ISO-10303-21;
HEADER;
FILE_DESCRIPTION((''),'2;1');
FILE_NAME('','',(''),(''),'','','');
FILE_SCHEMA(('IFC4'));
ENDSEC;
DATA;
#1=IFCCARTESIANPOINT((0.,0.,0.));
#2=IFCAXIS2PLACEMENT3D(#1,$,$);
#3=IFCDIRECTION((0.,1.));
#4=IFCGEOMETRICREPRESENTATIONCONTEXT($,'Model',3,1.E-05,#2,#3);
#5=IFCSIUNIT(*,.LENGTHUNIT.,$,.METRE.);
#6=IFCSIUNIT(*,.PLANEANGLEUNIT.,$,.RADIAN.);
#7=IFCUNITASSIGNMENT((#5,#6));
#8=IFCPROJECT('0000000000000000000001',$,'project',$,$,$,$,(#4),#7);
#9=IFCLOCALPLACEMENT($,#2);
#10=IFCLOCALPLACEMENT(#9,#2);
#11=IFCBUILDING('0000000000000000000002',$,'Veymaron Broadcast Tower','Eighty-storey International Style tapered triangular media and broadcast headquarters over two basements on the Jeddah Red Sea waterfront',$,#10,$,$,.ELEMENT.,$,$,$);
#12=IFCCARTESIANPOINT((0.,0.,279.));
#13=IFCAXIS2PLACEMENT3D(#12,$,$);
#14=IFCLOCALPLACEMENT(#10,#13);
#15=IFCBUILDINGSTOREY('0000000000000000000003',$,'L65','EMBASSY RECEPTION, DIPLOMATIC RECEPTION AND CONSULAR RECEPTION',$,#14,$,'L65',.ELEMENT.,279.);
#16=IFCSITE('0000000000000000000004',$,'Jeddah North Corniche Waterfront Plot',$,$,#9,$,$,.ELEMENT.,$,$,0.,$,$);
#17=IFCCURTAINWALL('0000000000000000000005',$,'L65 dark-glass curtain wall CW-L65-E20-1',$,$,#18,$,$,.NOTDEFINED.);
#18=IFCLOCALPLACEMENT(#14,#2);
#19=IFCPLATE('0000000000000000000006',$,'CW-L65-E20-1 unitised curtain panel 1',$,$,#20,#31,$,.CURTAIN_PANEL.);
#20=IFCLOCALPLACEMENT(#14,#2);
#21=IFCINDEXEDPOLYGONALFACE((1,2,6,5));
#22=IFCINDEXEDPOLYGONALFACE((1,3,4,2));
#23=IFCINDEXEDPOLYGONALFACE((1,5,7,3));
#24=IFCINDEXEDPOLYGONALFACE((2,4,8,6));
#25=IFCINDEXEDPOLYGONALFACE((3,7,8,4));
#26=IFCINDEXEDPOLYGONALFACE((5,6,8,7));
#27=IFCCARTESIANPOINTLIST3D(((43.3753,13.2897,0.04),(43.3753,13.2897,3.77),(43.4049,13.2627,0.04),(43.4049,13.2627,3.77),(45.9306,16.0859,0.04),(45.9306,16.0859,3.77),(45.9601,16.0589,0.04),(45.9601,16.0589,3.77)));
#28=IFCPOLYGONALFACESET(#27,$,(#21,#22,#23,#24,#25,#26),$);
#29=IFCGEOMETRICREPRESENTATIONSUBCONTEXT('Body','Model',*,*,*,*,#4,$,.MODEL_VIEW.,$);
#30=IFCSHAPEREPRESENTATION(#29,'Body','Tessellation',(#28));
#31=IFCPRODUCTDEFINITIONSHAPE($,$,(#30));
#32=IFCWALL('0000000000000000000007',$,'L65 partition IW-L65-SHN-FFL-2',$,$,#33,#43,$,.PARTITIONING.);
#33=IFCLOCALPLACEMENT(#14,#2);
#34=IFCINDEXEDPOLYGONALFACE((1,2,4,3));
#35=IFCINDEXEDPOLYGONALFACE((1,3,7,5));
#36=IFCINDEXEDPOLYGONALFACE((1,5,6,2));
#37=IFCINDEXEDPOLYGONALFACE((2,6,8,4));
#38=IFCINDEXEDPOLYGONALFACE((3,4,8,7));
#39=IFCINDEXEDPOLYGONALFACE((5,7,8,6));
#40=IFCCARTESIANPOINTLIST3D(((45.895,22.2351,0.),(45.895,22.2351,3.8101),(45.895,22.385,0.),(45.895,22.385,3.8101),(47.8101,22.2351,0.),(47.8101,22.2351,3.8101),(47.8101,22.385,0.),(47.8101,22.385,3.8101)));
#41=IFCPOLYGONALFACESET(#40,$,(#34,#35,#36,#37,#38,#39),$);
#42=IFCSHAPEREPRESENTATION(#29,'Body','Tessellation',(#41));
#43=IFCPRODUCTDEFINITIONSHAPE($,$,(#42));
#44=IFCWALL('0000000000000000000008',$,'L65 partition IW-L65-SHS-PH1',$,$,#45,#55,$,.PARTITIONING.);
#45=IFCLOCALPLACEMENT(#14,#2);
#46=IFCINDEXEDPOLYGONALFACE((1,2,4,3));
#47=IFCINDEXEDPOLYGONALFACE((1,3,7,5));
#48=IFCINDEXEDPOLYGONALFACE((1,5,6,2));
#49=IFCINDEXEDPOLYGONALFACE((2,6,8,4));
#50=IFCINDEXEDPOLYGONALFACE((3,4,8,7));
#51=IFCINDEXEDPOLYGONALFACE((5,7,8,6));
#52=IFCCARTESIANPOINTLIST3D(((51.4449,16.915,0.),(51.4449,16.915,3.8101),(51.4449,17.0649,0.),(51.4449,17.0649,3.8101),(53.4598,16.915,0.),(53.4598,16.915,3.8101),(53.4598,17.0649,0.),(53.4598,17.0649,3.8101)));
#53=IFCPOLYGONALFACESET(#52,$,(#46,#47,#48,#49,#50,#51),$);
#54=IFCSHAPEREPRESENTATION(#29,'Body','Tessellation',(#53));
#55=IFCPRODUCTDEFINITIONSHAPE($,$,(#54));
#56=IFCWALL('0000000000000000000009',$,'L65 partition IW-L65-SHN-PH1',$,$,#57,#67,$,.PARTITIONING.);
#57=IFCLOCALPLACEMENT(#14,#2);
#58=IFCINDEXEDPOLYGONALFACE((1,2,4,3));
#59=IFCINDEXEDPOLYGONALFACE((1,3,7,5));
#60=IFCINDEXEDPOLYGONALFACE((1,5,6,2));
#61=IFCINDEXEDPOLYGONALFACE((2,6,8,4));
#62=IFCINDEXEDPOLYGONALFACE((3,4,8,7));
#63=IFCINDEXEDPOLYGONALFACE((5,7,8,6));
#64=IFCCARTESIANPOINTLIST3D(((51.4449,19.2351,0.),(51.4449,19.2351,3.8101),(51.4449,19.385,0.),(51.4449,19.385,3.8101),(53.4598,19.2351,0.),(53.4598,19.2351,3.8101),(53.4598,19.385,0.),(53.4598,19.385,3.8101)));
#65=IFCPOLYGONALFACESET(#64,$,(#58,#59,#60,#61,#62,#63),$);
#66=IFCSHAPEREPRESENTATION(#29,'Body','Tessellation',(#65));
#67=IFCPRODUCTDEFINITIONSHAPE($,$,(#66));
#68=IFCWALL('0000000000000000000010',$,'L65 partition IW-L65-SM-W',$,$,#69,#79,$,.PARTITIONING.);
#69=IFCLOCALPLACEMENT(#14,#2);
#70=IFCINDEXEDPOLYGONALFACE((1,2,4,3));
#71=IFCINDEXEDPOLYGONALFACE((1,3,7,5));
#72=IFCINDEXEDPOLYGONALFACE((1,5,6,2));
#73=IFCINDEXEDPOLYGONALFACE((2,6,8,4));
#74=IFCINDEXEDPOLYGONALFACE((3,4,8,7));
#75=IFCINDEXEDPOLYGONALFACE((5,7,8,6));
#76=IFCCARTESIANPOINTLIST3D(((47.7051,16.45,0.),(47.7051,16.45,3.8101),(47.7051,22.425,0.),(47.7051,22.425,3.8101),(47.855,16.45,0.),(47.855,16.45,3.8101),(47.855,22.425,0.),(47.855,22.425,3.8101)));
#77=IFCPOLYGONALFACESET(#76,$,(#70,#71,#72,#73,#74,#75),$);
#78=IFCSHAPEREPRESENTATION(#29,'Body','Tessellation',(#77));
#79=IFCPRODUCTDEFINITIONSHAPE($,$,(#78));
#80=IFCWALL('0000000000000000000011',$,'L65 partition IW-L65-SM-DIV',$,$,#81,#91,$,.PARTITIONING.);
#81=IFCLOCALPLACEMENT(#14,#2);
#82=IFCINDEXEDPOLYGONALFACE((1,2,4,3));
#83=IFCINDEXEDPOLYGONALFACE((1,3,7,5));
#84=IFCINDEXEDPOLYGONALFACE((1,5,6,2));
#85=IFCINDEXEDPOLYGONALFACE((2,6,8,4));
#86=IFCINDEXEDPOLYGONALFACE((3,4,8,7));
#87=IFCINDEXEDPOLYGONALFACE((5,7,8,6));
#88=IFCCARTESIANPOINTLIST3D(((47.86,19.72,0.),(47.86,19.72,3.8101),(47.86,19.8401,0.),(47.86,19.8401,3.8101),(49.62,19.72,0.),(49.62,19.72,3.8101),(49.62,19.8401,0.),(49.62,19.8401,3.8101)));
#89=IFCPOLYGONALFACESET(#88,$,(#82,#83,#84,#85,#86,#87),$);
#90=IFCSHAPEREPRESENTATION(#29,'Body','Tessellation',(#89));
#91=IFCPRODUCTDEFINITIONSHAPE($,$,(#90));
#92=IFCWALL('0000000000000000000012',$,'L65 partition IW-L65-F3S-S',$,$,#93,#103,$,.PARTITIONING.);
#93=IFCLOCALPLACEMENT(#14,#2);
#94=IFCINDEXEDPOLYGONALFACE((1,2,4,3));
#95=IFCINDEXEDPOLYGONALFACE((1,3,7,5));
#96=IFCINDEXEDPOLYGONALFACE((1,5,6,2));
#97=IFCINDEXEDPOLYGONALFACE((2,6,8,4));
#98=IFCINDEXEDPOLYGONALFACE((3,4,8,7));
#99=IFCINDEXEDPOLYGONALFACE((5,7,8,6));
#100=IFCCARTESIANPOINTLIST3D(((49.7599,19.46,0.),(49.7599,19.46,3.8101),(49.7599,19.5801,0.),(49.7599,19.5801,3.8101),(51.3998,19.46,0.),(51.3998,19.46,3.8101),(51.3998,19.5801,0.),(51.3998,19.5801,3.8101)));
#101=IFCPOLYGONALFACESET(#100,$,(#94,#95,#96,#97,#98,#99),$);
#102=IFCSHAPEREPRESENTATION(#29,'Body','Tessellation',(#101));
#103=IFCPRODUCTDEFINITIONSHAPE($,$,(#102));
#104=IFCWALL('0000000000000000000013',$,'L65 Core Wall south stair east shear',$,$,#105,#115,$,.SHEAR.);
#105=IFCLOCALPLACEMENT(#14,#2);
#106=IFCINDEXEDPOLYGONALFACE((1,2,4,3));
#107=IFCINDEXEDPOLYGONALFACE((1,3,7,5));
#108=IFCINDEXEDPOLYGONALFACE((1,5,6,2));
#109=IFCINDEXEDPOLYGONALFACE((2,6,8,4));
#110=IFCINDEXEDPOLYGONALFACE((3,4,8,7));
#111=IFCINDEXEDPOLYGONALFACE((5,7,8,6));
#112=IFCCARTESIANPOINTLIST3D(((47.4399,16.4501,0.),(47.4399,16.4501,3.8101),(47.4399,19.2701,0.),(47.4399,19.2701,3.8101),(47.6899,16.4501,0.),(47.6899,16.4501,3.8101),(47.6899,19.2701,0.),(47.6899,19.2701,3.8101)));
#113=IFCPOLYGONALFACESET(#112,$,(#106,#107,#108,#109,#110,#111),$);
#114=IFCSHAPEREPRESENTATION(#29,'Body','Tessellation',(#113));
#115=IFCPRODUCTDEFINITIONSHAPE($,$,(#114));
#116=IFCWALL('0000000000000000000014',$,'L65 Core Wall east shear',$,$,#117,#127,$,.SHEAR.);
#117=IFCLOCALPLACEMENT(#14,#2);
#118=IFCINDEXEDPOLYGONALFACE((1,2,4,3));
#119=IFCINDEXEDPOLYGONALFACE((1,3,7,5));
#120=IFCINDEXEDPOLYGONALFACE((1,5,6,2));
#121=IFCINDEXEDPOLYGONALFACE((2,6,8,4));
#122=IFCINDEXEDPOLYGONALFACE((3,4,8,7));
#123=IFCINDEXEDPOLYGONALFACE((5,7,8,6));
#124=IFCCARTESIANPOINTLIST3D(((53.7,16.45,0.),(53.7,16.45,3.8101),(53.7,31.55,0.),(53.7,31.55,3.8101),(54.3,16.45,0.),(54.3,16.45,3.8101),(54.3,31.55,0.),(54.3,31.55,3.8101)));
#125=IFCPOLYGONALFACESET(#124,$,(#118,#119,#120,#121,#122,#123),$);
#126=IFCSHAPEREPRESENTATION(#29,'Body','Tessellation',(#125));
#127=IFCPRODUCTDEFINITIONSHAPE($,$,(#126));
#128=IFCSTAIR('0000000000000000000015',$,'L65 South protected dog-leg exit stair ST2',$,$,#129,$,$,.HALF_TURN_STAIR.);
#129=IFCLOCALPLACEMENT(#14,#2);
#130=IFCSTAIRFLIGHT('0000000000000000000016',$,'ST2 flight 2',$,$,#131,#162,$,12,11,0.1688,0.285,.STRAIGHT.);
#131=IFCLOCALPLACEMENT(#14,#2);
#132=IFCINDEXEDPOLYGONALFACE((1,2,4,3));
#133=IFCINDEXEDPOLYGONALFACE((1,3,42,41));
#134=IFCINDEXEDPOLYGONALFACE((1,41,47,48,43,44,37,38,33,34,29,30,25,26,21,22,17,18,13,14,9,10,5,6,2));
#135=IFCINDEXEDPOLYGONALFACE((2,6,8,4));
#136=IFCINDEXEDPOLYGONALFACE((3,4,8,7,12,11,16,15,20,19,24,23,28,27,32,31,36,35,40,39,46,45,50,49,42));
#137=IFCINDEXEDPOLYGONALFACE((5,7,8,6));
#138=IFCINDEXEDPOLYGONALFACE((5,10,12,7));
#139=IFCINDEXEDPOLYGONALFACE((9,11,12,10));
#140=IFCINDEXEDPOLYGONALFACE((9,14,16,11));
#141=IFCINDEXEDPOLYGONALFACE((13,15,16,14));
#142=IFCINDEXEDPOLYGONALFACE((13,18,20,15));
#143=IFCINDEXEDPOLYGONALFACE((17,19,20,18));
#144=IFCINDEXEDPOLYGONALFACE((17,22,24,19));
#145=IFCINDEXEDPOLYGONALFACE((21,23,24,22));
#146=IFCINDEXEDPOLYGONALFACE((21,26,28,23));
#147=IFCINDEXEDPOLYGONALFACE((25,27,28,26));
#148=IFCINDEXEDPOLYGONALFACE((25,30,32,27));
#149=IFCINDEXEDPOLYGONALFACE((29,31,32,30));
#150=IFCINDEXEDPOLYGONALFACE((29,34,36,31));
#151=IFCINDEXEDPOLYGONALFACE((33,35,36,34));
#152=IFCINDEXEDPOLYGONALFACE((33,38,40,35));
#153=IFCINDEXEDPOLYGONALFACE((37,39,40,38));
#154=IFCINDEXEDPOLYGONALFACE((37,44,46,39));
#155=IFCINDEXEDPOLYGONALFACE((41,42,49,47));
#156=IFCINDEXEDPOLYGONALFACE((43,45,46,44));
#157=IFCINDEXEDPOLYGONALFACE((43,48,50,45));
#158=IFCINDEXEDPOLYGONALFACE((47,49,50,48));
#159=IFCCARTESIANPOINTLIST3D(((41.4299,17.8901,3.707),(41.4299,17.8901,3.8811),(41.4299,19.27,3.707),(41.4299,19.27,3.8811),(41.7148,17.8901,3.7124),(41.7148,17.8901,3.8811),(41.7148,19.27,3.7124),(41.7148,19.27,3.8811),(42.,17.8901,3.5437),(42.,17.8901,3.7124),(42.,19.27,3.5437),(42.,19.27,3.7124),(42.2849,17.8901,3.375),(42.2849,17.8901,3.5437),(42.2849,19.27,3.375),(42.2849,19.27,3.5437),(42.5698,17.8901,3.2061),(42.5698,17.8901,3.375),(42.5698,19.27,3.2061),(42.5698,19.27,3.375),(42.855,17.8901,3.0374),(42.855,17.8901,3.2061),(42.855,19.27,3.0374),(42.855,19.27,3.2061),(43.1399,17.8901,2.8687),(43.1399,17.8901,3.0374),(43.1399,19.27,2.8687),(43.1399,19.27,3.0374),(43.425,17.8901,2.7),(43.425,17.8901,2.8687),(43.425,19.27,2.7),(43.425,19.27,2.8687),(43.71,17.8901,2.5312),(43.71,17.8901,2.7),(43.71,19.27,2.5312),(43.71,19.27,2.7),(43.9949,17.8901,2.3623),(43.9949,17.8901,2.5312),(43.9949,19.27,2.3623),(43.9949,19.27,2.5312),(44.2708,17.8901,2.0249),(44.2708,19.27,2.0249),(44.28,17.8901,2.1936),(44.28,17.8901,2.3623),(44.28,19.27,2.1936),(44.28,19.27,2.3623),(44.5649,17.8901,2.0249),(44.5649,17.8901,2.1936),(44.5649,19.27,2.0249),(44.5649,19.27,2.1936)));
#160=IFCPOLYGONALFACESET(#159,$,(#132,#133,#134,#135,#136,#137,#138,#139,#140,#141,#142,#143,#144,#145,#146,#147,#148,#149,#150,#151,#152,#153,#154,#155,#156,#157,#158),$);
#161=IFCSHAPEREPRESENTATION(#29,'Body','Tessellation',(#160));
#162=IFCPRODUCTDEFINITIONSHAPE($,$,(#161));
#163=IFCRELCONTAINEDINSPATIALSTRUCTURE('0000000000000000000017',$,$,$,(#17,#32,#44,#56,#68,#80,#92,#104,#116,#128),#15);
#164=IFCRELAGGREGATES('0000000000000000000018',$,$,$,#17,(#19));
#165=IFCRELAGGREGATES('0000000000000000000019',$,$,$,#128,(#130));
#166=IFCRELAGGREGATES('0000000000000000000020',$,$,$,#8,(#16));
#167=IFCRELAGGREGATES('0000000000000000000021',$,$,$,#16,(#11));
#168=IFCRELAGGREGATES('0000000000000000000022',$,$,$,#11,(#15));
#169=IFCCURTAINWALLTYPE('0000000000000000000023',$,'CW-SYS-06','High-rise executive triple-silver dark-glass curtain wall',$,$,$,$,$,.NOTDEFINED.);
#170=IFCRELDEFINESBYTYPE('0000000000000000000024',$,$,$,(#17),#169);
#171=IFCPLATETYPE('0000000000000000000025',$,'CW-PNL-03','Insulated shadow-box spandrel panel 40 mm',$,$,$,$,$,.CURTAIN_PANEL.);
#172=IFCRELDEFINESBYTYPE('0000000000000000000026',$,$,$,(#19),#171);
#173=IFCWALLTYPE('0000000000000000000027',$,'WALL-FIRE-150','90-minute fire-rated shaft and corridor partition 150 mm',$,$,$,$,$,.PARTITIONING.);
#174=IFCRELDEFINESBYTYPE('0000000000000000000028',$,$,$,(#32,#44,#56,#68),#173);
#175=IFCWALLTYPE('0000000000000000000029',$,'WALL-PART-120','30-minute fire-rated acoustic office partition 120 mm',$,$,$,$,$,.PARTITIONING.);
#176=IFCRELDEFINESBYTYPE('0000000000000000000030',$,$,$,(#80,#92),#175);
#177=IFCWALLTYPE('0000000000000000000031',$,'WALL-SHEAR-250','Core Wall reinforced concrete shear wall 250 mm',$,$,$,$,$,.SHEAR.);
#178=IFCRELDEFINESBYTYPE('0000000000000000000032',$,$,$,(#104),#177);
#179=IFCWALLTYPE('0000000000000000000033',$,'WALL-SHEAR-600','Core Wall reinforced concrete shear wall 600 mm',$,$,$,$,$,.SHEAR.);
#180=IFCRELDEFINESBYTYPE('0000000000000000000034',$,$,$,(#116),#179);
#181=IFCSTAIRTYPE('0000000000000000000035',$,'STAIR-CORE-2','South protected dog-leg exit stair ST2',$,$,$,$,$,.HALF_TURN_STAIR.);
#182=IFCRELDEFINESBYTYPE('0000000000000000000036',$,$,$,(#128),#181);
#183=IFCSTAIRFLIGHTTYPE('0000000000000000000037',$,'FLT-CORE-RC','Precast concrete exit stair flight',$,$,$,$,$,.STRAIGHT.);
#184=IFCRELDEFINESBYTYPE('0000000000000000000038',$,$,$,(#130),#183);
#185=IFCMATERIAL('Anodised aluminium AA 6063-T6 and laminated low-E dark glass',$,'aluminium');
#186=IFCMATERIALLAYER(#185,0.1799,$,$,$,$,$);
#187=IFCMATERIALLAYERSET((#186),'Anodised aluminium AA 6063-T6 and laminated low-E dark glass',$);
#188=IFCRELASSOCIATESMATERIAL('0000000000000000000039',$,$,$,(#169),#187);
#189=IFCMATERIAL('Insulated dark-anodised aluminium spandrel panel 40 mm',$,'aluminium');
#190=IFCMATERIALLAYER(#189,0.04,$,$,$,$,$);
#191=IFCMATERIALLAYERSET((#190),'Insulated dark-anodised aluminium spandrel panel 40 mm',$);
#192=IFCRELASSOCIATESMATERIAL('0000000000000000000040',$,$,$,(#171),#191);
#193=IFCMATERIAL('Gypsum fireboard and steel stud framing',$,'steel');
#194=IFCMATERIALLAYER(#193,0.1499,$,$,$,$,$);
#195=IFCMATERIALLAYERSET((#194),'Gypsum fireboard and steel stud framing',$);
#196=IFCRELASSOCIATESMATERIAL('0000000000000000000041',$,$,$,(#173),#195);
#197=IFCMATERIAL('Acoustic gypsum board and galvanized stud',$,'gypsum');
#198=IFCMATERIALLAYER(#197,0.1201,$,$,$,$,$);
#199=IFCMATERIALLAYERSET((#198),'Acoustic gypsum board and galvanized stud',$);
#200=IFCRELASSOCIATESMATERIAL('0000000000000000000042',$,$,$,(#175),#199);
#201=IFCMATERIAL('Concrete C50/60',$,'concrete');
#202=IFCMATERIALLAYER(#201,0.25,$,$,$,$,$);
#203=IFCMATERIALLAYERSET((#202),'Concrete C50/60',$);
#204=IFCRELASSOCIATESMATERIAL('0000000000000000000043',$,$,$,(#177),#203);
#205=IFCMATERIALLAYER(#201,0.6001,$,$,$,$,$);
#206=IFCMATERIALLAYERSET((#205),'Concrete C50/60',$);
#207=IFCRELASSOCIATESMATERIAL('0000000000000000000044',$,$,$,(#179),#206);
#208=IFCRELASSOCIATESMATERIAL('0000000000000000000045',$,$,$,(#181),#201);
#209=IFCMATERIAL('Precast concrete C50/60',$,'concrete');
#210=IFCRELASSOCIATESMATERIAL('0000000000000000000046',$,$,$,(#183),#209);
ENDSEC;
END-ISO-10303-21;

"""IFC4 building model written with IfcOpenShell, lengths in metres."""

from ifc_helpers import new_model, si_unit, direction, frame, frame_2d, origin, origin_2d, place, context, subcontext, project, spatial, polyline, rectangle, outline, extrude, material, layer, layer_set, type_object, element, aggregate, save


model = new_model("IFC4")

# Units and contexts
model_context = context("Model", 3, precision=1e-05, world=origin(), true_north=direction((0.0, 1.0)))
body_context = subcontext(model_context, "Body", "Model", "MODEL_VIEW")
ifc_project = project(units=[si_unit("LENGTHUNIT", "METRE"), si_unit("PLANEANGLEUNIT", "RADIAN")], contexts=[model_context])

# Site, building, storey
site_placement = place(None, origin())
site = spatial("IfcSite", under=ifc_project, at=site_placement, Name="Jeddah North Corniche Waterfront Plot", CompositionType="ELEMENT", RefElevation=0.0)
building_placement = place(site_placement, origin())
building = spatial("IfcBuilding", under=site, at=building_placement, Name="Veymaron Broadcast Tower", Description="Eighty-storey International Style tapered triangular media and broadcast headquarters over two basements on the Jeddah Red Sea waterfront", CompositionType="ELEMENT")
storey_placement = place(building_placement, frame((0.0, 0.0, 279.0)))
storey = spatial("IfcBuildingStorey", under=building, at=storey_placement, Name="L65", Description="EMBASSY RECEPTION, DIPLOMATIC RECEPTION AND CONSULAR RECEPTION", LongName="L65", CompositionType="ELEMENT", Elevation=279.0)

# Shared definitions
ifc_material_1 = material(Name="Anodised aluminium AA 6063-T6 and laminated low-E dark glass", Category="aluminium")
ifc_layer_1 = layer(ifc_material_1, 0.1799)
ifc_layer_set_1 = layer_set([ifc_layer_1], Name="Anodised aluminium AA 6063-T6 and laminated low-E dark glass")
curtain_wall_type = type_object("IfcCurtainWallType", Name="CW-SYS-06", Description="High-rise executive triple-silver dark-glass curtain wall", PredefinedType="NOTDEFINED", material=ifc_layer_set_1)

# Curtain wall
curtain_wall_1_placement = place(storey_placement, origin())
curtain_wall_1 = element("IfcCurtainWall", 1, at=curtain_wall_1_placement, inside=storey, type_object=curtain_wall_type, Name="L65 dark-glass curtain wall CW-L65-E20-1", PredefinedType="NOTDEFINED")

# Plate
ifc_material_2 = material(Name="Insulated dark-anodised aluminium spandrel panel 40 mm", Category="aluminium")
ifc_layer_2 = layer(ifc_material_2, 0.04)
ifc_layer_set_2 = layer_set([ifc_layer_2], Name="Insulated dark-anodised aluminium spandrel panel 40 mm")
plate_type = type_object("IfcPlateType", Name="CW-PNL-03", Description="Insulated shadow-box spandrel panel 40 mm", PredefinedType="CURTAIN_PANEL", material=ifc_layer_set_2)
plate_1_placement = place(storey_placement, frame((44.6677, 14.6743, 0.04), z_axis=(0.0, 0.0, 1.0), x_axis=(0.674586, 0.738196, 0.0)))
plate_1 = element("IfcPlate", 2, at=plate_1_placement, type_object=plate_type, Name="CW-L65-E20-1 unitised curtain panel 1", PredefinedType="CURTAIN_PANEL", context=body_context, shape_type="SweptSolid", body=[
    extrude(rectangle(XDim=3.7878, YDim=0.04, at=origin_2d()), origin(), (0.0, 0.0, 1.0), 3.73),
])
aggregate(curtain_wall_1, [plate_1])

# Shared definitions
ifc_material_3 = material(Name="Gypsum fireboard and steel stud framing", Category="steel")
ifc_layer_3 = layer(ifc_material_3, 0.1499)
ifc_layer_set_3 = layer_set([ifc_layer_3], Name="Gypsum fireboard and steel stud framing")
wall_type_1 = type_object("IfcWallType", Name="WALL-FIRE-150", Description="90-minute fire-rated shaft and corridor partition 150 mm", PredefinedType="PARTITIONING", material=ifc_layer_set_3)

# Wall
wall_1_placement = place(storey_placement, frame((45.895, 22.3101, 0.0), z_axis=(0.0, 0.0, 1.0), x_axis=(1.0, 0.0, 0.0)))
element("IfcWall", 3, at=wall_1_placement, inside=storey, type_object=wall_type_1, Name="L65 partition IW-L65-SHN-FFL-2", PredefinedType="PARTITIONING", context=body_context, shape_type="SweptSolid", body=[
    extrude(rectangle(XDim=1.915, YDim=0.1499, at=frame_2d((0.9575, 0.0))), origin(), (0.0, 0.0, 1.0), 3.8101),
])

# Walls
for number, where, z_axis, x_axis, name in (
    (4, (51.4451, 16.99, 0.0), (0.0, 0.0, 1.0), (1.0, 0.0, 0.0), "L65 partition IW-L65-SHS-PH1"),
    (5, (51.4451, 19.3101, 0.0), (0.0, 0.0, 1.0), (1.0, 0.0, 0.0), "L65 partition IW-L65-SHN-PH1"),
):
    element("IfcWall", number, at=place(storey_placement, frame(where, z_axis=z_axis, x_axis=x_axis)), inside=storey, type_object=wall_type_1, Name=name, PredefinedType="PARTITIONING", context=body_context, shape_type="SweptSolid", body=[
        extrude(rectangle(XDim=2.0149, YDim=0.1499, at=frame_2d((1.0073, 0.0))), origin(), (0.0, 0.0, 1.0), 3.8101),
    ])

# Walls
wall_2_placement = place(storey_placement, frame((47.78, 16.45, 0.0), z_axis=(0.0, 0.0, 1.0), x_axis=(0.0, 1.0, 0.0)))
element("IfcWall", 6, at=wall_2_placement, inside=storey, type_object=wall_type_1, Name="L65 partition IW-L65-SM-W", PredefinedType="PARTITIONING", context=body_context, shape_type="SweptSolid", body=[
    extrude(rectangle(XDim=5.9751, YDim=0.1499, at=frame_2d((2.9875, 0.0))), origin(), (0.0, 0.0, 1.0), 3.8101),
])
ifc_material_4 = material(Name="Acoustic gypsum board and galvanized stud", Category="gypsum")
ifc_layer_4 = layer(ifc_material_4, 0.1201)
ifc_layer_set_4 = layer_set([ifc_layer_4], Name="Acoustic gypsum board and galvanized stud")
wall_type_2 = type_object("IfcWallType", Name="WALL-PART-120", Description="30-minute fire-rated acoustic office partition 120 mm", PredefinedType="PARTITIONING", material=ifc_layer_set_4)
wall_3_placement = place(storey_placement, frame((47.8601, 19.78, 0.0), z_axis=(0.0, 0.0, 1.0), x_axis=(1.0, 0.0, 0.0)))
element("IfcWall", 7, at=wall_3_placement, inside=storey, type_object=wall_type_2, Name="L65 partition IW-L65-SM-DIV", PredefinedType="PARTITIONING", context=body_context, shape_type="SweptSolid", body=[
    extrude(rectangle(XDim=1.76, YDim=0.1201, at=frame_2d((0.8799, 0.0))), origin(), (0.0, 0.0, 1.0), 3.8101),
])

# Walls
wall_4_placement = place(storey_placement, frame((49.76, 19.52, 0.0), z_axis=(0.0, 0.0, 1.0), x_axis=(1.0, 0.0, 0.0)))
element("IfcWall", 8, at=wall_4_placement, inside=storey, type_object=wall_type_2, Name="L65 partition IW-L65-F3S-S", PredefinedType="PARTITIONING", context=body_context, shape_type="SweptSolid", body=[
    extrude(rectangle(XDim=1.6399, YDim=0.1201, at=frame_2d((0.8198, 0.0))), origin(), (0.0, 0.0, 1.0), 3.8101),
])
ifc_material_5 = material(Name="Concrete C50/60", Category="concrete")
ifc_layer_5 = layer(ifc_material_5, 0.25)
ifc_layer_set_5 = layer_set([ifc_layer_5], Name="Concrete C50/60")
wall_type_3 = type_object("IfcWallType", Name="WALL-SHEAR-250", Description="Core Wall reinforced concrete shear wall 250 mm", PredefinedType="SHEAR", material=ifc_layer_set_5)
wall_5_placement = place(storey_placement, frame((47.5649, 16.45, 0.0), z_axis=(0.0, 0.0, 1.0), x_axis=(0.0, 1.0, 0.0)))
element("IfcWall", 9, at=wall_5_placement, inside=storey, type_object=wall_type_3, Name="L65 Core Wall south stair east shear", PredefinedType="SHEAR", context=body_context, shape_type="SweptSolid", body=[
    extrude(rectangle(XDim=2.8201, YDim=0.25, at=frame_2d((1.4102, 0.0))), origin(), (0.0, 0.0, 1.0), 3.8101),
])
ifc_layer_6 = layer(ifc_material_5, 0.6001)
ifc_layer_set_6 = layer_set([ifc_layer_6], Name="Concrete C50/60")
wall_type_4 = type_object("IfcWallType", Name="WALL-SHEAR-600", Description="Core Wall reinforced concrete shear wall 600 mm", PredefinedType="SHEAR", material=ifc_layer_set_6)
wall_6_placement = place(storey_placement, frame((54.0, 16.45, 0.0), z_axis=(0.0, 0.0, 1.0), x_axis=(0.0, 1.0, 0.0)))
element("IfcWall", 10, at=wall_6_placement, inside=storey, type_object=wall_type_4, Name="L65 Core Wall east shear", PredefinedType="SHEAR", context=body_context, shape_type="SweptSolid", body=[
    extrude(rectangle(XDim=15.1001, YDim=0.6001, at=frame_2d((7.55, 0.0))), origin(), (0.0, 0.0, 1.0), 3.8101),
])

# Stair, stair flight
stair_type = type_object("IfcStairType", Name="STAIR-CORE-2", Description="South protected dog-leg exit stair ST2", PredefinedType="HALF_TURN_STAIR", material=ifc_material_5)
stair_placement = place(storey_placement, origin())
stair = element("IfcStair", 11, at=stair_placement, inside=storey, type_object=stair_type, Name="L65 South protected dog-leg exit stair ST2", PredefinedType="HALF_TURN_STAIR")
ifc_material_6 = material(Name="Precast concrete C50/60", Category="concrete")
stair_flight_type = type_object("IfcStairFlightType", Name="FLT-CORE-RC", Description="Precast concrete exit stair flight", PredefinedType="STRAIGHT", material=ifc_material_6)
stair_flight_placement = place(storey_placement, frame((44.5649, 18.5801, 2.0249), z_axis=(0.0, 0.0, 1.0), x_axis=(-1.0, 0.0, 0.0)))
stair_flight = element("IfcStairFlight", 12, at=stair_flight_placement, type_object=stair_flight_type, Name="ST2 flight 2", NumberOfRisers=12, NumberOfTreads=11, PredefinedType="STRAIGHT", RiserHeight=0.1688, TreadLength=0.285, context=body_context, shape_type="SweptSolid", body=[
    extrude(outline(polyline([(0.0, 0.0), (0.0, 0.1687), (0.2849, 0.1687), (0.2849, 0.3374), (0.5701, 0.3374), (0.5701, 0.5063), (0.855, 0.5063), (0.855, 0.675), (1.1399, 0.675), (1.1399, 0.8438), (1.425, 0.8438), (1.425, 1.0125), (1.71, 1.0125), (1.71, 1.1812), (1.9951, 1.1812), (1.9951, 1.3501), (2.28, 1.3501), (2.28, 1.5188), (2.5649, 1.5188), (2.5649, 1.6875), (2.8501, 1.6875), (2.8501, 1.8562), (3.135, 1.8562), (3.135, 2.0249), (3.135, 1.6821), (0.2942, 0.0), (0.0, 0.0)])), frame((0.0, 0.6899, 0.0), z_axis=(0.0, -1.0, 0.0), x_axis=(1.0, 0.0, 0.0)), (0.0, 0.0, 1.0), 1.3799),
])
aggregate(stair, [stair_flight])

save(model, "model.ifc")
